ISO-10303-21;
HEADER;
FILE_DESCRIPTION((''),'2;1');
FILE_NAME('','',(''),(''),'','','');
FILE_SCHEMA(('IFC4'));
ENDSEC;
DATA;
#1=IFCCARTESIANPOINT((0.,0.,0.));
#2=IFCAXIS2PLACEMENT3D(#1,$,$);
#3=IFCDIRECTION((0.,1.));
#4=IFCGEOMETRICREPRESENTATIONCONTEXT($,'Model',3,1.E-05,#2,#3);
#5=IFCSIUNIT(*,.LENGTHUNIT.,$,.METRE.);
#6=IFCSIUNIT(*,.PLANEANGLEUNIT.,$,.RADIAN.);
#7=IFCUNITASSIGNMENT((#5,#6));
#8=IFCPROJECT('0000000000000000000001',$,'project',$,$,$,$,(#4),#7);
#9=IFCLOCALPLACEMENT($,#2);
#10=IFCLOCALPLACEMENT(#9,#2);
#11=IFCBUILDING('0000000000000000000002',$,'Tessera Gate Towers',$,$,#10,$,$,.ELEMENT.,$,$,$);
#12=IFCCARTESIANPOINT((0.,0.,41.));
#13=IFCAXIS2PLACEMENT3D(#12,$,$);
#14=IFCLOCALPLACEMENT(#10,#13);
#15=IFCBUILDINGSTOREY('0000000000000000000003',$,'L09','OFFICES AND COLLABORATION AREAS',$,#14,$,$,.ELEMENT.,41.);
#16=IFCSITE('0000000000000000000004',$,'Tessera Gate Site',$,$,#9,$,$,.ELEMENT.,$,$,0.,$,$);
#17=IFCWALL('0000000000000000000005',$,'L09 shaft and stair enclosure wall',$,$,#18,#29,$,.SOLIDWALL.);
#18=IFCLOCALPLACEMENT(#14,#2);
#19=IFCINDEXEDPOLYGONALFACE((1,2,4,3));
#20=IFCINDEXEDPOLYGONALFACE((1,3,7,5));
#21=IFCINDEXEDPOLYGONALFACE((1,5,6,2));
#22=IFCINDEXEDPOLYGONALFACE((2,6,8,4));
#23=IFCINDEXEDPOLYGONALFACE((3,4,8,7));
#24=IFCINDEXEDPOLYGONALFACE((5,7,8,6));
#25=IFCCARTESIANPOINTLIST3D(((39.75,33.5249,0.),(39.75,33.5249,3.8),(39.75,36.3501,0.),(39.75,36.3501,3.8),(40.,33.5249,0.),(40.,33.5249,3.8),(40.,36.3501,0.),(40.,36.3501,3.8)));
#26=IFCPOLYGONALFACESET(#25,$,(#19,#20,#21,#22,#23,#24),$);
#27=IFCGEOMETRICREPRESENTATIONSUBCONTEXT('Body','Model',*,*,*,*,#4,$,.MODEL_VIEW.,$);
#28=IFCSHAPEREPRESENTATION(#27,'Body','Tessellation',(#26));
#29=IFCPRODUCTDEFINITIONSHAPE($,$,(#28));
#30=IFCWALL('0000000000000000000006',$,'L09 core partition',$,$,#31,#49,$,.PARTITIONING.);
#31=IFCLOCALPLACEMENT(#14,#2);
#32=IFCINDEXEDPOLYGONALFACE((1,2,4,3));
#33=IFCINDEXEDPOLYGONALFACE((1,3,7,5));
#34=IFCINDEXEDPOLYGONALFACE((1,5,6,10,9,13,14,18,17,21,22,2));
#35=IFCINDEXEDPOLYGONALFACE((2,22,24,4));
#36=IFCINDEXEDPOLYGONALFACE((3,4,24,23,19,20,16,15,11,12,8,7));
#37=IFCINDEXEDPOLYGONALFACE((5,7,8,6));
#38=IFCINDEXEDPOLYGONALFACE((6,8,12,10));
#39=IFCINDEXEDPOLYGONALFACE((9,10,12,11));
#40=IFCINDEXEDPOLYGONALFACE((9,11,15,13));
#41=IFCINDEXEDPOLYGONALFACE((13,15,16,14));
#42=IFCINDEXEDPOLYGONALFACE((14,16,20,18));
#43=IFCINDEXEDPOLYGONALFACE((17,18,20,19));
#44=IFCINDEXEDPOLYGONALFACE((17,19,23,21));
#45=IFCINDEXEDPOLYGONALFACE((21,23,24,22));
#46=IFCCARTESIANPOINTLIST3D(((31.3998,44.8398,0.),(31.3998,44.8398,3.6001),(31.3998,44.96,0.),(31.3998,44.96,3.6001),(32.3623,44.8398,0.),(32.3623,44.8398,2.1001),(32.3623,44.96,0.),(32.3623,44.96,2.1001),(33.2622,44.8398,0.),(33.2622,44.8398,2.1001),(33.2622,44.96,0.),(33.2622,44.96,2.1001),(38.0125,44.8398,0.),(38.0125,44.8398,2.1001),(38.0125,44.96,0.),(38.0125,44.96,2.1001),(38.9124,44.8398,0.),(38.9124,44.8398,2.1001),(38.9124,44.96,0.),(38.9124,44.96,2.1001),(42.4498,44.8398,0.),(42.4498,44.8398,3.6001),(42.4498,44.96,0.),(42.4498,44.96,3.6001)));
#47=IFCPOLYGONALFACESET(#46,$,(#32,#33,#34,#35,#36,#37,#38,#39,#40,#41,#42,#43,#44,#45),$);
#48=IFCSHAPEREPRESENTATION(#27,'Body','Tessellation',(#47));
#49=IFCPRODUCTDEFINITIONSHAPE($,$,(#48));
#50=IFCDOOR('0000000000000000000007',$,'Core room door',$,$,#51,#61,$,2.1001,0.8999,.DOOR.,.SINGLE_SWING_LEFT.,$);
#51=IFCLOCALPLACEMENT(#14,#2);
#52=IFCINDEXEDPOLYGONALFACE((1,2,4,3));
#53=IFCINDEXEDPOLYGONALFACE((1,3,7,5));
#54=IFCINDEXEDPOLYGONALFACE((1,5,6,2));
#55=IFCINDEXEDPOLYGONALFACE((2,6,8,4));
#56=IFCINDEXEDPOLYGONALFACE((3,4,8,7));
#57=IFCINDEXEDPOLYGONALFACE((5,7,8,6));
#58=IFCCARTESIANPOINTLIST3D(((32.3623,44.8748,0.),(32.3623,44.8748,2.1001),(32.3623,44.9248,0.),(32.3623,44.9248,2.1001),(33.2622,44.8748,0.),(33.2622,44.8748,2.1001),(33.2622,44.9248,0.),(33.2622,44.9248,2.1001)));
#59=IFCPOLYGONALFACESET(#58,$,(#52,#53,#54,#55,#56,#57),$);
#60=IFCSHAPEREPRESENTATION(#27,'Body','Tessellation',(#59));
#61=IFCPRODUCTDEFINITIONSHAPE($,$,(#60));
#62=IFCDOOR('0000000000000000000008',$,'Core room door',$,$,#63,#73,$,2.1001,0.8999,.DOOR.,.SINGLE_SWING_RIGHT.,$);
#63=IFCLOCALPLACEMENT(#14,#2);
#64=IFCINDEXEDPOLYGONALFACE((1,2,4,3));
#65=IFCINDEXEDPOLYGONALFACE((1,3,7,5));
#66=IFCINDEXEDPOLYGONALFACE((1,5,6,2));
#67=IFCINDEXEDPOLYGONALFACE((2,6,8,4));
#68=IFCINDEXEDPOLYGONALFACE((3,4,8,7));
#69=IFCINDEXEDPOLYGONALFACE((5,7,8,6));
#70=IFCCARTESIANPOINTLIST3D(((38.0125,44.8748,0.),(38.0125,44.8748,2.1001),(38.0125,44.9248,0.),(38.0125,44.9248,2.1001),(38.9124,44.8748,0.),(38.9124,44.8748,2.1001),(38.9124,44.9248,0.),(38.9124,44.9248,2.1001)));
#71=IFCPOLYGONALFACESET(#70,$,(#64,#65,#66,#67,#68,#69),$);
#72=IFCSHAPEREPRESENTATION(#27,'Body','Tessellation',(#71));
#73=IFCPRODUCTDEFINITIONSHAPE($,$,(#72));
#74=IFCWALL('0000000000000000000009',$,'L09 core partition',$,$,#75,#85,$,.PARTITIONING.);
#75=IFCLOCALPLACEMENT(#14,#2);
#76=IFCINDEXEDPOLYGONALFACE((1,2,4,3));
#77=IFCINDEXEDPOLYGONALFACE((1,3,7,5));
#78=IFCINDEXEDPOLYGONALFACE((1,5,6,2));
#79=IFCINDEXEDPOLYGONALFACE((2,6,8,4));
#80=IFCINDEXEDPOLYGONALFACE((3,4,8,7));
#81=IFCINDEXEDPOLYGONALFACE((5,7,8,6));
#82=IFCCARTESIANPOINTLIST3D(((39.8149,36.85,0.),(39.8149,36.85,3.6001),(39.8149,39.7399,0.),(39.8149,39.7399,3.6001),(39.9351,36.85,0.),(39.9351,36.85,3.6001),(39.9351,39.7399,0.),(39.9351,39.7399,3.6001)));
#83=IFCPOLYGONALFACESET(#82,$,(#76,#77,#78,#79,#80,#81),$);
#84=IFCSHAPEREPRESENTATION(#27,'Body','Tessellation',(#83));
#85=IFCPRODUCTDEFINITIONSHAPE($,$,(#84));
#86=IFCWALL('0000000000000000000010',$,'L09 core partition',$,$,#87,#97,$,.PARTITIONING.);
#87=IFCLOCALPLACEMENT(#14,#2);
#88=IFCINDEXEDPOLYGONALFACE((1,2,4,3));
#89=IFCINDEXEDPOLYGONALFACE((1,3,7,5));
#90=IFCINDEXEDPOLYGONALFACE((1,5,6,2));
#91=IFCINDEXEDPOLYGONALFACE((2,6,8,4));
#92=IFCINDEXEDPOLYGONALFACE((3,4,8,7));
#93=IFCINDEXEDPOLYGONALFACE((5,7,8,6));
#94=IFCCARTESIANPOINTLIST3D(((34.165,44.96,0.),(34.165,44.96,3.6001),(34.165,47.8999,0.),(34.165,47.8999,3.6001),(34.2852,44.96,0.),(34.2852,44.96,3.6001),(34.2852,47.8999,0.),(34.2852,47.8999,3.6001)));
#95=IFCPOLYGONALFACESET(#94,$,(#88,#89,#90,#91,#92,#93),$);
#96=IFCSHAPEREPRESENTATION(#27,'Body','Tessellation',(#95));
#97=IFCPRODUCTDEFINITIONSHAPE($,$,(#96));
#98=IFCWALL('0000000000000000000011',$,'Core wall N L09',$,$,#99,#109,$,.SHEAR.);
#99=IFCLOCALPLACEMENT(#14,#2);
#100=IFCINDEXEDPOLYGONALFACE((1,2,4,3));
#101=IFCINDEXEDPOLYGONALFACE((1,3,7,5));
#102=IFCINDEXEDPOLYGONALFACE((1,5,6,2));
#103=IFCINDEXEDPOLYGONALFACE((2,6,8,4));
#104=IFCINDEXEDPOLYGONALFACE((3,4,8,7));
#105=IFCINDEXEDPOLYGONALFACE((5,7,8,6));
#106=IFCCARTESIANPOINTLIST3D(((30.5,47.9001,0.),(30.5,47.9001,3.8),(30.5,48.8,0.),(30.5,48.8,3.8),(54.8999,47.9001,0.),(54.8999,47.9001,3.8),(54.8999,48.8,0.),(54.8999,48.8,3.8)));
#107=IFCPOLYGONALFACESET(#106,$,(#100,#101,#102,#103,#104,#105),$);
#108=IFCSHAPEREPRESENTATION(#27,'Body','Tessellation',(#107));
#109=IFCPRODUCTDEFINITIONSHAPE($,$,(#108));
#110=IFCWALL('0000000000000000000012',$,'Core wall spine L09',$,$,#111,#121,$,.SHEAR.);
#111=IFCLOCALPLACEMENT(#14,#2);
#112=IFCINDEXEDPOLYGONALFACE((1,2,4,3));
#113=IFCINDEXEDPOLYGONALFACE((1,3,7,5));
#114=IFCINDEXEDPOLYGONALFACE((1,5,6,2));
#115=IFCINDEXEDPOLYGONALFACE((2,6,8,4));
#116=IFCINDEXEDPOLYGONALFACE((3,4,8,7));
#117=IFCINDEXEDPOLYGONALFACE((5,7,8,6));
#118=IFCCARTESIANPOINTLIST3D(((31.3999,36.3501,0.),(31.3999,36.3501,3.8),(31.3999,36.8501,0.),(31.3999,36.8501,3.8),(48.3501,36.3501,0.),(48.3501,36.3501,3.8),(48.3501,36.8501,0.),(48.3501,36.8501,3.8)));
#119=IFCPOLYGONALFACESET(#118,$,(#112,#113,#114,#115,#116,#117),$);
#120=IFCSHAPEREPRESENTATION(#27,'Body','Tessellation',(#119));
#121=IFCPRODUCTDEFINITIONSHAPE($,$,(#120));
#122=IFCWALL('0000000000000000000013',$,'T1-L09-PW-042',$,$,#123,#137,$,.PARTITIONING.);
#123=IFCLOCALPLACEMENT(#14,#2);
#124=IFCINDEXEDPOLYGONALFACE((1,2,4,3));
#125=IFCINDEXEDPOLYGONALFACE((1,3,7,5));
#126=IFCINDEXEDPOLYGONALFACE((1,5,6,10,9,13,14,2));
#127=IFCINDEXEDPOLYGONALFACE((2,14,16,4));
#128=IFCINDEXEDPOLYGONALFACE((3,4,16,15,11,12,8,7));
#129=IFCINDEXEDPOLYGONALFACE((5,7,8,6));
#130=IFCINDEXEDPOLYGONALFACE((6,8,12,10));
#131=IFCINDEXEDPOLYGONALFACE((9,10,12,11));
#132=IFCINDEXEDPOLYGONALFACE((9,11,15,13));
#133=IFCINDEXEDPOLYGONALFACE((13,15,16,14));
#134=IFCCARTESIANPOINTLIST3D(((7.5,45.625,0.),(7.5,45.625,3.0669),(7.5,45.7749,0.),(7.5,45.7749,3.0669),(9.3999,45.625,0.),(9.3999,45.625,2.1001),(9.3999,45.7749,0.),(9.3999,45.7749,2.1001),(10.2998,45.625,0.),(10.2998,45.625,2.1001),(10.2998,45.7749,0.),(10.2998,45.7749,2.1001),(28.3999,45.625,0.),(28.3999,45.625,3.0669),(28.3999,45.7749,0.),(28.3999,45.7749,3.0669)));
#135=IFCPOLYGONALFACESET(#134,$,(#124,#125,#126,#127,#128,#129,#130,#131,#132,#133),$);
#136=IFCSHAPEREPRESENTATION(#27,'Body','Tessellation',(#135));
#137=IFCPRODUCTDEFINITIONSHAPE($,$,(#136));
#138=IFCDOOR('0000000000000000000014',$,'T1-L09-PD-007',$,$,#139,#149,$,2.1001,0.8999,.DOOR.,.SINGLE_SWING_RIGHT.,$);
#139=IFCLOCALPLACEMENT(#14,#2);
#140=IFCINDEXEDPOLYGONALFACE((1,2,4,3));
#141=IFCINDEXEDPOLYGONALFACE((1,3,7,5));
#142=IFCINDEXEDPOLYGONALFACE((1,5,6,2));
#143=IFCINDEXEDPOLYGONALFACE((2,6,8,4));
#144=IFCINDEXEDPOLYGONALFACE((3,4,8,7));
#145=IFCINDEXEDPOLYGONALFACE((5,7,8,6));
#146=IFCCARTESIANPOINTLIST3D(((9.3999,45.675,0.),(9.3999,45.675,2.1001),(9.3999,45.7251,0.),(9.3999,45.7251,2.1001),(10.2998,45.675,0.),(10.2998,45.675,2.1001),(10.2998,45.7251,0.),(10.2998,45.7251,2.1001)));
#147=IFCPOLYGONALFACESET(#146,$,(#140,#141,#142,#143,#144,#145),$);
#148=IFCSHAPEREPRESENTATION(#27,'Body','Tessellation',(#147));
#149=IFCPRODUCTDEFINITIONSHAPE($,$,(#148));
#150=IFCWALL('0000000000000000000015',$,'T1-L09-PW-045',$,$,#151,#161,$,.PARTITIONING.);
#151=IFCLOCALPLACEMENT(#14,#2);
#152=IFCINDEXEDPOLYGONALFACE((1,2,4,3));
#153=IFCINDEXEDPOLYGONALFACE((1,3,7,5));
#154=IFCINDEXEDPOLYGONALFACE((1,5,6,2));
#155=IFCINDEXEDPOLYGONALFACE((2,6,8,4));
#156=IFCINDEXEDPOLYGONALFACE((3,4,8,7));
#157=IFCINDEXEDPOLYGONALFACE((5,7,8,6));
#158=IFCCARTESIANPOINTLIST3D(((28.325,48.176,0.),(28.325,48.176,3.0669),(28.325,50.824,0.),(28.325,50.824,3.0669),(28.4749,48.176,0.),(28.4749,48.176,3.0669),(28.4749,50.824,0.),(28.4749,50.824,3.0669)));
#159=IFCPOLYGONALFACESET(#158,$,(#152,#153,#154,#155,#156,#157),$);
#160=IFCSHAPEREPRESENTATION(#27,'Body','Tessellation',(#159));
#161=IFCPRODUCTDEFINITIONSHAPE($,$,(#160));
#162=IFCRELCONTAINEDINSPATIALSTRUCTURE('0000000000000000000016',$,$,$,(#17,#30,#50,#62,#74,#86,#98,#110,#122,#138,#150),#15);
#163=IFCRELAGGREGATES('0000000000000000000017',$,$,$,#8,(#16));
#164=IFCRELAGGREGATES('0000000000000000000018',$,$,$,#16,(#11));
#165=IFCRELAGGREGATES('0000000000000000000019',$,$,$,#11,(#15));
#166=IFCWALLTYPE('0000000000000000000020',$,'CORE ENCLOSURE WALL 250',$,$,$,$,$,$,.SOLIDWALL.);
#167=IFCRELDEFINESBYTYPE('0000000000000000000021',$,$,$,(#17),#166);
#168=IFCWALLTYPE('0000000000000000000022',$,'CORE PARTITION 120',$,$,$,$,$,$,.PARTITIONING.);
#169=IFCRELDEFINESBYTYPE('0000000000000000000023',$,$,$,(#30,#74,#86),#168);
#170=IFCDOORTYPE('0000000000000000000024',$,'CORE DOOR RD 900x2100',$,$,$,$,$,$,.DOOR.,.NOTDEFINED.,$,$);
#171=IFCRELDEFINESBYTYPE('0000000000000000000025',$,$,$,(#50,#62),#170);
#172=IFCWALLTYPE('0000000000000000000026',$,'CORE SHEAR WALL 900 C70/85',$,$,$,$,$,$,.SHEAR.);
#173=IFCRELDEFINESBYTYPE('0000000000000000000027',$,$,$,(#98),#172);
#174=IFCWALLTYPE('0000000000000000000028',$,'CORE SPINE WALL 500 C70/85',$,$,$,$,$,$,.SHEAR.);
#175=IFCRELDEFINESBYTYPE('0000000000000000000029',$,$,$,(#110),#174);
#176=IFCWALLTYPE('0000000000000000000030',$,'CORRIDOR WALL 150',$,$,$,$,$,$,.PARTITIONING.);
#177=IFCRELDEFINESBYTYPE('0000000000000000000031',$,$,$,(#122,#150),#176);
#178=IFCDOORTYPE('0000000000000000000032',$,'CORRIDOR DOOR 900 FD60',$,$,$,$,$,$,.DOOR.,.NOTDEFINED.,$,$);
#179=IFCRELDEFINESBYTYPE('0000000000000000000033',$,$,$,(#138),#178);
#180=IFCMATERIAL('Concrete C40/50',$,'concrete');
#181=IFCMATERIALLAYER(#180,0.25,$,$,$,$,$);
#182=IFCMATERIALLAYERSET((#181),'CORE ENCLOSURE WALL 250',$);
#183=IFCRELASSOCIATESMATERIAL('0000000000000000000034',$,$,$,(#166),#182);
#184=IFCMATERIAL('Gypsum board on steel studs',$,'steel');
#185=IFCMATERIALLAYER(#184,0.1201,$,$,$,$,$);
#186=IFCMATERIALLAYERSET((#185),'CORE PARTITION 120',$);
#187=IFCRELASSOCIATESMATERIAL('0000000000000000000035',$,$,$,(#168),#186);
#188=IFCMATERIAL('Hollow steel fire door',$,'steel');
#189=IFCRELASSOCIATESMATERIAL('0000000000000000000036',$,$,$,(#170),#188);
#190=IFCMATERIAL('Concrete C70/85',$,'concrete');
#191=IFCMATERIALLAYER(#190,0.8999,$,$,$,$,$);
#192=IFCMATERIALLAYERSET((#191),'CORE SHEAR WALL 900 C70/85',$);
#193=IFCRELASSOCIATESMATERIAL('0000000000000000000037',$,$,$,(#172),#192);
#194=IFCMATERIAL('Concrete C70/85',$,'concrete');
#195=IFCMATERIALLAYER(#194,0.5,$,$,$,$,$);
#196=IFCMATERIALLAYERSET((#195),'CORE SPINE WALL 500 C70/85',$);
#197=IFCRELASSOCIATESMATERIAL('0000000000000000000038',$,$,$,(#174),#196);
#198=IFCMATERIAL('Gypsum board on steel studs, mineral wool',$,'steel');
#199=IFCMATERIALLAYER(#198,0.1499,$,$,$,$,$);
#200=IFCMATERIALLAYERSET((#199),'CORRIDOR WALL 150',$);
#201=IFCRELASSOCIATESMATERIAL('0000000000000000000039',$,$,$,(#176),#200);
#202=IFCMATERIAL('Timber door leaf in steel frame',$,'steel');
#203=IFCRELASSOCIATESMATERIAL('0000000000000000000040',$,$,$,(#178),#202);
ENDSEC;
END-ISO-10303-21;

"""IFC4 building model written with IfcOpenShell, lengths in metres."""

from ifc_helpers import new_model, si_unit, direction, frame, frame_2d, origin, place, context, subcontext, project, spatial, rectangle, extrude, source, transform, mapped, material, layer, layer_set, type_object, element, fill, save


model = new_model("IFC4")

# Units and contexts
model_context = context("Model", 3, precision=1e-05, world=origin(), true_north=direction((0.0, 1.0)))
body_context = subcontext(model_context, "Body", "Model", "MODEL_VIEW")
ifc_project = project(units=[si_unit("LENGTHUNIT", "METRE"), si_unit("PLANEANGLEUNIT", "RADIAN")], contexts=[model_context])

# Site, building, storey
site_placement = place(None, origin())
site = spatial("IfcSite", under=ifc_project, at=site_placement, Name="Tessera Gate Site", CompositionType="ELEMENT", RefElevation=0.0)
building_placement = place(site_placement, origin())
building = spatial("IfcBuilding", under=site, at=building_placement, Name="Tessera Gate Towers", CompositionType="ELEMENT")
storey_placement = place(building_placement, frame((0.0, 0.0, 41.0)))
storey = spatial("IfcBuildingStorey", under=building, at=storey_placement, Name="L09", Description="OFFICES AND COLLABORATION AREAS", CompositionType="ELEMENT", Elevation=41.0)

# Wall
ifc_material_1 = material(Name="Concrete C40/50", Category="concrete")
ifc_layer_1 = layer(ifc_material_1, 0.25)
ifc_layer_set_1 = layer_set([ifc_layer_1], Name="CORE ENCLOSURE WALL 250")
wall_type_1 = type_object("IfcWallType", Name="CORE ENCLOSURE WALL 250", PredefinedType="SOLIDWALL", material=ifc_layer_set_1)
for number, where, z_axis, x_axis, name in (
    (1, (39.875, 33.5249, 0.0), (0.0, 0.0, 1.0), (0.0, 1.0, 0.0), "L09 shaft and stair enclosure wall"),
):
    element("IfcWall", number, at=place(storey_placement, frame(where, z_axis=z_axis, x_axis=x_axis)), inside=storey, type_object=wall_type_1, Name=name, PredefinedType="SOLIDWALL", context=body_context, shape_type="SweptSolid", body=[
        extrude(rectangle(XDim=2.8252, YDim=0.25, at=frame_2d((1.4126, 0.0))), origin(), (0.0, 0.0, 1.0), 3.8),
    ])

# Wall, openings, doors
ifc_material_2 = material(Name="Gypsum board on steel studs", Category="steel")
ifc_layer_2 = layer(ifc_material_2, 0.1201)
ifc_layer_set_2 = layer_set([ifc_layer_2], Name="CORE PARTITION 120")
wall_type_2 = type_object("IfcWallType", Name="CORE PARTITION 120", PredefinedType="PARTITIONING", material=ifc_layer_set_2)
wall_1_placement = place(storey_placement, frame((31.3999, 44.8999, 0.0), z_axis=(0.0, 0.0, 1.0), x_axis=(1.0, 0.0, 0.0)))
wall_1 = element("IfcWall", 2, at=wall_1_placement, inside=storey, type_object=wall_type_2, Name="L09 core partition", PredefinedType="PARTITIONING", context=body_context, shape_type="SweptSolid", body=[
    extrude(rectangle(XDim=11.05, YDim=0.1201, at=frame_2d((5.5249, 0.0))), origin(), (0.0, 0.0, 1.0), 3.6001),
])
shared_shape_1 = source(origin(), body_context, "Body", "SweptSolid", [
    extrude(rectangle(XDim=0.8999, YDim=2.1001, at=frame_2d((0.45, 1.05))), frame((0.0, 0.0701, 0.0), z_axis=(0.0, -1.0, 0.0), x_axis=(1.0, 0.0, 0.0)), (0.0, 0.0, 1.0), 0.1401),
])
opening_1_placement = place(wall_1_placement, frame((0.9624, 0.0, 0.0)))
opening_1 = element("IfcOpeningElement", 3, at=opening_1_placement, cuts=wall_1, PredefinedType="OPENING", context=body_context, shape_type="MappedRepresentation", body=[
    mapped(shared_shape_1, transform((0.0, 0.0, 0.0), scale=1.0)),
])
opening_2_placement = place(wall_1_placement, frame((6.6125, 0.0, 0.0)))
opening_2 = element("IfcOpeningElement", 4, at=opening_2_placement, cuts=wall_1, PredefinedType="OPENING", context=body_context, shape_type="MappedRepresentation", body=[
    mapped(shared_shape_1, transform((0.0, 0.0, 0.0), scale=1.0)),
])
ifc_material_3 = material(Name="Hollow steel fire door", Category="steel")
door_type_1 = type_object("IfcDoorType", Name="CORE DOOR RD 900x2100", OperationType="NOTDEFINED", PredefinedType="DOOR", material=ifc_material_3)
shared_shape_2 = source(origin(), body_context, "Body", "SweptSolid", [
    extrude(rectangle(XDim=0.8999, YDim=2.1001, at=frame_2d((0.45, 1.05))), frame((0.0, 0.0249, 0.0), z_axis=(0.0, -1.0, 0.0), x_axis=(1.0, 0.0, 0.0)), (0.0, 0.0, 1.0), 0.05),
])
door_1_placement = place(opening_1_placement, origin())
door_1 = element("IfcDoor", 5, at=door_1_placement, inside=storey, type_object=door_type_1, Name="Core room door", OperationType="SINGLE_SWING_LEFT", OverallHeight=2.1001, OverallWidth=0.8999, PredefinedType="DOOR", context=body_context, shape_type="MappedRepresentation", body=[
    mapped(shared_shape_2, transform((0.0, 0.0, 0.0), scale=1.0)),
])
fill(opening_1, door_1)
door_2_placement = place(opening_2_placement, origin())
door_2 = element("IfcDoor", 6, at=door_2_placement, inside=storey, type_object=door_type_1, Name="Core room door", OperationType="SINGLE_SWING_RIGHT", OverallHeight=2.1001, OverallWidth=0.8999, PredefinedType="DOOR", context=body_context, shape_type="MappedRepresentation", body=[
    mapped(shared_shape_2, transform((0.0, 0.0, 0.0), scale=1.0)),
])
fill(opening_2, door_2)

# Walls
wall_2_placement = place(storey_placement, frame((39.875, 36.8501, 0.0), z_axis=(0.0, 0.0, 1.0), x_axis=(0.0, 1.0, 0.0)))
element("IfcWall", 7, at=wall_2_placement, inside=storey, type_object=wall_type_2, Name="L09 core partition", PredefinedType="PARTITIONING", context=body_context, shape_type="SweptSolid", body=[
    extrude(rectangle(XDim=2.8899, YDim=0.1201, at=frame_2d((1.4448, 0.0))), origin(), (0.0, 0.0, 1.0), 3.6001),
])
wall_3_placement = place(storey_placement, frame((34.2251, 44.96, 0.0), z_axis=(0.0, 0.0, 1.0), x_axis=(0.0, 1.0, 0.0)))
element("IfcWall", 8, at=wall_3_placement, inside=storey, type_object=wall_type_2, Name="L09 core partition", PredefinedType="PARTITIONING", context=body_context, shape_type="SweptSolid", body=[
    extrude(rectangle(XDim=2.9399, YDim=0.1201, at=frame_2d((1.47, 0.0))), origin(), (0.0, 0.0, 1.0), 3.6001),
])
ifc_material_4 = material(Name="Concrete C70/85", Category="concrete")
ifc_layer_3 = layer(ifc_material_4, 0.8999)
ifc_layer_set_3 = layer_set([ifc_layer_3], Name="CORE SHEAR WALL 900 C70/85")
wall_type_3 = type_object("IfcWallType", Name="CORE SHEAR WALL 900 C70/85", PredefinedType="SHEAR", material=ifc_layer_set_3)
wall_4_placement = place(storey_placement, frame((30.5, 48.3501, 0.0), z_axis=(0.0, 0.0, 1.0), x_axis=(1.0, 0.0, 0.0)))
element("IfcWall", 9, at=wall_4_placement, inside=storey, type_object=wall_type_3, Name="Core wall N L09", PredefinedType="SHEAR", context=body_context, shape_type="SweptSolid", body=[
    extrude(rectangle(XDim=24.3999, YDim=0.8999, at=frame_2d((12.2, 0.0))), origin(), (0.0, 0.0, 1.0), 3.8),
])
ifc_material_5 = material(Name="Concrete C70/85", Category="concrete")
ifc_layer_4 = layer(ifc_material_5, 0.5)
ifc_layer_set_4 = layer_set([ifc_layer_4], Name="CORE SPINE WALL 500 C70/85")
wall_type_4 = type_object("IfcWallType", Name="CORE SPINE WALL 500 C70/85", PredefinedType="SHEAR", material=ifc_layer_set_4)
wall_5_placement = place(storey_placement, frame((31.3999, 36.6001, 0.0), z_axis=(0.0, 0.0, 1.0), x_axis=(1.0, 0.0, 0.0)))
element("IfcWall", 10, at=wall_5_placement, inside=storey, type_object=wall_type_4, Name="Core wall spine L09", PredefinedType="SHEAR", context=body_context, shape_type="SweptSolid", body=[
    extrude(rectangle(XDim=16.9502, YDim=0.5, at=frame_2d((8.4751, 0.0))), origin(), (0.0, 0.0, 1.0), 3.8),
])

# Wall, opening, door
ifc_material_6 = material(Name="Gypsum board on steel studs, mineral wool", Category="steel")
ifc_layer_5 = layer(ifc_material_6, 0.1499)
ifc_layer_set_5 = layer_set([ifc_layer_5], Name="CORRIDOR WALL 150")
wall_type_5 = type_object("IfcWallType", Name="CORRIDOR WALL 150", PredefinedType="PARTITIONING", material=ifc_layer_set_5)
wall_6_placement = place(storey_placement, frame((28.3999, 45.7, 0.0), z_axis=(0.0, 0.0, 1.0), x_axis=(-1.0, 0.0, 0.0)))
wall_6 = element("IfcWall", 11, at=wall_6_placement, inside=storey, type_object=wall_type_5, Name="T1-L09-PW-042", PredefinedType="PARTITIONING", context=body_context, shape_type="SweptSolid", body=[
    extrude(rectangle(XDim=20.8999, YDim=0.1499, at=frame_2d((10.45, 0.0))), origin(), (0.0, 0.0, 1.0), 3.0669),
])
shared_shape_3 = source(origin(), body_context, "Body", "SweptSolid", [
    extrude(rectangle(XDim=0.8999, YDim=2.1001, at=frame_2d((0.45, 1.05))), frame((0.0, 0.085, 0.0), z_axis=(0.0, -1.0, 0.0), x_axis=(1.0, 0.0, 0.0)), (0.0, 0.0, 1.0), 0.1699),
])
opening_3_placement = place(wall_6_placement, frame((18.1001, 0.0, 0.0)))
opening_3 = element("IfcOpeningElement", 12, at=opening_3_placement, cuts=wall_6, PredefinedType="OPENING", context=body_context, shape_type="MappedRepresentation", body=[
    mapped(shared_shape_3, transform((0.0, 0.0, 0.0), scale=1.0)),
])
ifc_material_7 = material(Name="Timber door leaf in steel frame", Category="steel")
door_type_2 = type_object("IfcDoorType", Name="CORRIDOR DOOR 900 FD60", OperationType="NOTDEFINED", PredefinedType="DOOR", material=ifc_material_7)
door_3_placement = place(opening_3_placement, origin())
door_3 = element("IfcDoor", 13, at=door_3_placement, inside=storey, type_object=door_type_2, Name="T1-L09-PD-007", OperationType="SINGLE_SWING_RIGHT", OverallHeight=2.1001, OverallWidth=0.8999, PredefinedType="DOOR", context=body_context, shape_type="MappedRepresentation", body=[
    mapped(shared_shape_2, transform((0.0, 0.0, 0.0), scale=1.0)),
])
fill(opening_3, door_3)

# Wall
wall_7_placement = place(storey_placement, frame((28.3999, 48.176, 0.0), z_axis=(0.0, 0.0, 1.0), x_axis=(0.0, 1.0, 0.0)))
element("IfcWall", 14, at=wall_7_placement, inside=storey, type_object=wall_type_5, Name="T1-L09-PW-045", PredefinedType="PARTITIONING", context=body_context, shape_type="SweptSolid", body=[
    extrude(rectangle(XDim=2.6479, YDim=0.1499, at=frame_2d((1.324, 0.0))), origin(), (0.0, 0.0, 1.0), 3.0669),
])

save(model, "model.ifc")
